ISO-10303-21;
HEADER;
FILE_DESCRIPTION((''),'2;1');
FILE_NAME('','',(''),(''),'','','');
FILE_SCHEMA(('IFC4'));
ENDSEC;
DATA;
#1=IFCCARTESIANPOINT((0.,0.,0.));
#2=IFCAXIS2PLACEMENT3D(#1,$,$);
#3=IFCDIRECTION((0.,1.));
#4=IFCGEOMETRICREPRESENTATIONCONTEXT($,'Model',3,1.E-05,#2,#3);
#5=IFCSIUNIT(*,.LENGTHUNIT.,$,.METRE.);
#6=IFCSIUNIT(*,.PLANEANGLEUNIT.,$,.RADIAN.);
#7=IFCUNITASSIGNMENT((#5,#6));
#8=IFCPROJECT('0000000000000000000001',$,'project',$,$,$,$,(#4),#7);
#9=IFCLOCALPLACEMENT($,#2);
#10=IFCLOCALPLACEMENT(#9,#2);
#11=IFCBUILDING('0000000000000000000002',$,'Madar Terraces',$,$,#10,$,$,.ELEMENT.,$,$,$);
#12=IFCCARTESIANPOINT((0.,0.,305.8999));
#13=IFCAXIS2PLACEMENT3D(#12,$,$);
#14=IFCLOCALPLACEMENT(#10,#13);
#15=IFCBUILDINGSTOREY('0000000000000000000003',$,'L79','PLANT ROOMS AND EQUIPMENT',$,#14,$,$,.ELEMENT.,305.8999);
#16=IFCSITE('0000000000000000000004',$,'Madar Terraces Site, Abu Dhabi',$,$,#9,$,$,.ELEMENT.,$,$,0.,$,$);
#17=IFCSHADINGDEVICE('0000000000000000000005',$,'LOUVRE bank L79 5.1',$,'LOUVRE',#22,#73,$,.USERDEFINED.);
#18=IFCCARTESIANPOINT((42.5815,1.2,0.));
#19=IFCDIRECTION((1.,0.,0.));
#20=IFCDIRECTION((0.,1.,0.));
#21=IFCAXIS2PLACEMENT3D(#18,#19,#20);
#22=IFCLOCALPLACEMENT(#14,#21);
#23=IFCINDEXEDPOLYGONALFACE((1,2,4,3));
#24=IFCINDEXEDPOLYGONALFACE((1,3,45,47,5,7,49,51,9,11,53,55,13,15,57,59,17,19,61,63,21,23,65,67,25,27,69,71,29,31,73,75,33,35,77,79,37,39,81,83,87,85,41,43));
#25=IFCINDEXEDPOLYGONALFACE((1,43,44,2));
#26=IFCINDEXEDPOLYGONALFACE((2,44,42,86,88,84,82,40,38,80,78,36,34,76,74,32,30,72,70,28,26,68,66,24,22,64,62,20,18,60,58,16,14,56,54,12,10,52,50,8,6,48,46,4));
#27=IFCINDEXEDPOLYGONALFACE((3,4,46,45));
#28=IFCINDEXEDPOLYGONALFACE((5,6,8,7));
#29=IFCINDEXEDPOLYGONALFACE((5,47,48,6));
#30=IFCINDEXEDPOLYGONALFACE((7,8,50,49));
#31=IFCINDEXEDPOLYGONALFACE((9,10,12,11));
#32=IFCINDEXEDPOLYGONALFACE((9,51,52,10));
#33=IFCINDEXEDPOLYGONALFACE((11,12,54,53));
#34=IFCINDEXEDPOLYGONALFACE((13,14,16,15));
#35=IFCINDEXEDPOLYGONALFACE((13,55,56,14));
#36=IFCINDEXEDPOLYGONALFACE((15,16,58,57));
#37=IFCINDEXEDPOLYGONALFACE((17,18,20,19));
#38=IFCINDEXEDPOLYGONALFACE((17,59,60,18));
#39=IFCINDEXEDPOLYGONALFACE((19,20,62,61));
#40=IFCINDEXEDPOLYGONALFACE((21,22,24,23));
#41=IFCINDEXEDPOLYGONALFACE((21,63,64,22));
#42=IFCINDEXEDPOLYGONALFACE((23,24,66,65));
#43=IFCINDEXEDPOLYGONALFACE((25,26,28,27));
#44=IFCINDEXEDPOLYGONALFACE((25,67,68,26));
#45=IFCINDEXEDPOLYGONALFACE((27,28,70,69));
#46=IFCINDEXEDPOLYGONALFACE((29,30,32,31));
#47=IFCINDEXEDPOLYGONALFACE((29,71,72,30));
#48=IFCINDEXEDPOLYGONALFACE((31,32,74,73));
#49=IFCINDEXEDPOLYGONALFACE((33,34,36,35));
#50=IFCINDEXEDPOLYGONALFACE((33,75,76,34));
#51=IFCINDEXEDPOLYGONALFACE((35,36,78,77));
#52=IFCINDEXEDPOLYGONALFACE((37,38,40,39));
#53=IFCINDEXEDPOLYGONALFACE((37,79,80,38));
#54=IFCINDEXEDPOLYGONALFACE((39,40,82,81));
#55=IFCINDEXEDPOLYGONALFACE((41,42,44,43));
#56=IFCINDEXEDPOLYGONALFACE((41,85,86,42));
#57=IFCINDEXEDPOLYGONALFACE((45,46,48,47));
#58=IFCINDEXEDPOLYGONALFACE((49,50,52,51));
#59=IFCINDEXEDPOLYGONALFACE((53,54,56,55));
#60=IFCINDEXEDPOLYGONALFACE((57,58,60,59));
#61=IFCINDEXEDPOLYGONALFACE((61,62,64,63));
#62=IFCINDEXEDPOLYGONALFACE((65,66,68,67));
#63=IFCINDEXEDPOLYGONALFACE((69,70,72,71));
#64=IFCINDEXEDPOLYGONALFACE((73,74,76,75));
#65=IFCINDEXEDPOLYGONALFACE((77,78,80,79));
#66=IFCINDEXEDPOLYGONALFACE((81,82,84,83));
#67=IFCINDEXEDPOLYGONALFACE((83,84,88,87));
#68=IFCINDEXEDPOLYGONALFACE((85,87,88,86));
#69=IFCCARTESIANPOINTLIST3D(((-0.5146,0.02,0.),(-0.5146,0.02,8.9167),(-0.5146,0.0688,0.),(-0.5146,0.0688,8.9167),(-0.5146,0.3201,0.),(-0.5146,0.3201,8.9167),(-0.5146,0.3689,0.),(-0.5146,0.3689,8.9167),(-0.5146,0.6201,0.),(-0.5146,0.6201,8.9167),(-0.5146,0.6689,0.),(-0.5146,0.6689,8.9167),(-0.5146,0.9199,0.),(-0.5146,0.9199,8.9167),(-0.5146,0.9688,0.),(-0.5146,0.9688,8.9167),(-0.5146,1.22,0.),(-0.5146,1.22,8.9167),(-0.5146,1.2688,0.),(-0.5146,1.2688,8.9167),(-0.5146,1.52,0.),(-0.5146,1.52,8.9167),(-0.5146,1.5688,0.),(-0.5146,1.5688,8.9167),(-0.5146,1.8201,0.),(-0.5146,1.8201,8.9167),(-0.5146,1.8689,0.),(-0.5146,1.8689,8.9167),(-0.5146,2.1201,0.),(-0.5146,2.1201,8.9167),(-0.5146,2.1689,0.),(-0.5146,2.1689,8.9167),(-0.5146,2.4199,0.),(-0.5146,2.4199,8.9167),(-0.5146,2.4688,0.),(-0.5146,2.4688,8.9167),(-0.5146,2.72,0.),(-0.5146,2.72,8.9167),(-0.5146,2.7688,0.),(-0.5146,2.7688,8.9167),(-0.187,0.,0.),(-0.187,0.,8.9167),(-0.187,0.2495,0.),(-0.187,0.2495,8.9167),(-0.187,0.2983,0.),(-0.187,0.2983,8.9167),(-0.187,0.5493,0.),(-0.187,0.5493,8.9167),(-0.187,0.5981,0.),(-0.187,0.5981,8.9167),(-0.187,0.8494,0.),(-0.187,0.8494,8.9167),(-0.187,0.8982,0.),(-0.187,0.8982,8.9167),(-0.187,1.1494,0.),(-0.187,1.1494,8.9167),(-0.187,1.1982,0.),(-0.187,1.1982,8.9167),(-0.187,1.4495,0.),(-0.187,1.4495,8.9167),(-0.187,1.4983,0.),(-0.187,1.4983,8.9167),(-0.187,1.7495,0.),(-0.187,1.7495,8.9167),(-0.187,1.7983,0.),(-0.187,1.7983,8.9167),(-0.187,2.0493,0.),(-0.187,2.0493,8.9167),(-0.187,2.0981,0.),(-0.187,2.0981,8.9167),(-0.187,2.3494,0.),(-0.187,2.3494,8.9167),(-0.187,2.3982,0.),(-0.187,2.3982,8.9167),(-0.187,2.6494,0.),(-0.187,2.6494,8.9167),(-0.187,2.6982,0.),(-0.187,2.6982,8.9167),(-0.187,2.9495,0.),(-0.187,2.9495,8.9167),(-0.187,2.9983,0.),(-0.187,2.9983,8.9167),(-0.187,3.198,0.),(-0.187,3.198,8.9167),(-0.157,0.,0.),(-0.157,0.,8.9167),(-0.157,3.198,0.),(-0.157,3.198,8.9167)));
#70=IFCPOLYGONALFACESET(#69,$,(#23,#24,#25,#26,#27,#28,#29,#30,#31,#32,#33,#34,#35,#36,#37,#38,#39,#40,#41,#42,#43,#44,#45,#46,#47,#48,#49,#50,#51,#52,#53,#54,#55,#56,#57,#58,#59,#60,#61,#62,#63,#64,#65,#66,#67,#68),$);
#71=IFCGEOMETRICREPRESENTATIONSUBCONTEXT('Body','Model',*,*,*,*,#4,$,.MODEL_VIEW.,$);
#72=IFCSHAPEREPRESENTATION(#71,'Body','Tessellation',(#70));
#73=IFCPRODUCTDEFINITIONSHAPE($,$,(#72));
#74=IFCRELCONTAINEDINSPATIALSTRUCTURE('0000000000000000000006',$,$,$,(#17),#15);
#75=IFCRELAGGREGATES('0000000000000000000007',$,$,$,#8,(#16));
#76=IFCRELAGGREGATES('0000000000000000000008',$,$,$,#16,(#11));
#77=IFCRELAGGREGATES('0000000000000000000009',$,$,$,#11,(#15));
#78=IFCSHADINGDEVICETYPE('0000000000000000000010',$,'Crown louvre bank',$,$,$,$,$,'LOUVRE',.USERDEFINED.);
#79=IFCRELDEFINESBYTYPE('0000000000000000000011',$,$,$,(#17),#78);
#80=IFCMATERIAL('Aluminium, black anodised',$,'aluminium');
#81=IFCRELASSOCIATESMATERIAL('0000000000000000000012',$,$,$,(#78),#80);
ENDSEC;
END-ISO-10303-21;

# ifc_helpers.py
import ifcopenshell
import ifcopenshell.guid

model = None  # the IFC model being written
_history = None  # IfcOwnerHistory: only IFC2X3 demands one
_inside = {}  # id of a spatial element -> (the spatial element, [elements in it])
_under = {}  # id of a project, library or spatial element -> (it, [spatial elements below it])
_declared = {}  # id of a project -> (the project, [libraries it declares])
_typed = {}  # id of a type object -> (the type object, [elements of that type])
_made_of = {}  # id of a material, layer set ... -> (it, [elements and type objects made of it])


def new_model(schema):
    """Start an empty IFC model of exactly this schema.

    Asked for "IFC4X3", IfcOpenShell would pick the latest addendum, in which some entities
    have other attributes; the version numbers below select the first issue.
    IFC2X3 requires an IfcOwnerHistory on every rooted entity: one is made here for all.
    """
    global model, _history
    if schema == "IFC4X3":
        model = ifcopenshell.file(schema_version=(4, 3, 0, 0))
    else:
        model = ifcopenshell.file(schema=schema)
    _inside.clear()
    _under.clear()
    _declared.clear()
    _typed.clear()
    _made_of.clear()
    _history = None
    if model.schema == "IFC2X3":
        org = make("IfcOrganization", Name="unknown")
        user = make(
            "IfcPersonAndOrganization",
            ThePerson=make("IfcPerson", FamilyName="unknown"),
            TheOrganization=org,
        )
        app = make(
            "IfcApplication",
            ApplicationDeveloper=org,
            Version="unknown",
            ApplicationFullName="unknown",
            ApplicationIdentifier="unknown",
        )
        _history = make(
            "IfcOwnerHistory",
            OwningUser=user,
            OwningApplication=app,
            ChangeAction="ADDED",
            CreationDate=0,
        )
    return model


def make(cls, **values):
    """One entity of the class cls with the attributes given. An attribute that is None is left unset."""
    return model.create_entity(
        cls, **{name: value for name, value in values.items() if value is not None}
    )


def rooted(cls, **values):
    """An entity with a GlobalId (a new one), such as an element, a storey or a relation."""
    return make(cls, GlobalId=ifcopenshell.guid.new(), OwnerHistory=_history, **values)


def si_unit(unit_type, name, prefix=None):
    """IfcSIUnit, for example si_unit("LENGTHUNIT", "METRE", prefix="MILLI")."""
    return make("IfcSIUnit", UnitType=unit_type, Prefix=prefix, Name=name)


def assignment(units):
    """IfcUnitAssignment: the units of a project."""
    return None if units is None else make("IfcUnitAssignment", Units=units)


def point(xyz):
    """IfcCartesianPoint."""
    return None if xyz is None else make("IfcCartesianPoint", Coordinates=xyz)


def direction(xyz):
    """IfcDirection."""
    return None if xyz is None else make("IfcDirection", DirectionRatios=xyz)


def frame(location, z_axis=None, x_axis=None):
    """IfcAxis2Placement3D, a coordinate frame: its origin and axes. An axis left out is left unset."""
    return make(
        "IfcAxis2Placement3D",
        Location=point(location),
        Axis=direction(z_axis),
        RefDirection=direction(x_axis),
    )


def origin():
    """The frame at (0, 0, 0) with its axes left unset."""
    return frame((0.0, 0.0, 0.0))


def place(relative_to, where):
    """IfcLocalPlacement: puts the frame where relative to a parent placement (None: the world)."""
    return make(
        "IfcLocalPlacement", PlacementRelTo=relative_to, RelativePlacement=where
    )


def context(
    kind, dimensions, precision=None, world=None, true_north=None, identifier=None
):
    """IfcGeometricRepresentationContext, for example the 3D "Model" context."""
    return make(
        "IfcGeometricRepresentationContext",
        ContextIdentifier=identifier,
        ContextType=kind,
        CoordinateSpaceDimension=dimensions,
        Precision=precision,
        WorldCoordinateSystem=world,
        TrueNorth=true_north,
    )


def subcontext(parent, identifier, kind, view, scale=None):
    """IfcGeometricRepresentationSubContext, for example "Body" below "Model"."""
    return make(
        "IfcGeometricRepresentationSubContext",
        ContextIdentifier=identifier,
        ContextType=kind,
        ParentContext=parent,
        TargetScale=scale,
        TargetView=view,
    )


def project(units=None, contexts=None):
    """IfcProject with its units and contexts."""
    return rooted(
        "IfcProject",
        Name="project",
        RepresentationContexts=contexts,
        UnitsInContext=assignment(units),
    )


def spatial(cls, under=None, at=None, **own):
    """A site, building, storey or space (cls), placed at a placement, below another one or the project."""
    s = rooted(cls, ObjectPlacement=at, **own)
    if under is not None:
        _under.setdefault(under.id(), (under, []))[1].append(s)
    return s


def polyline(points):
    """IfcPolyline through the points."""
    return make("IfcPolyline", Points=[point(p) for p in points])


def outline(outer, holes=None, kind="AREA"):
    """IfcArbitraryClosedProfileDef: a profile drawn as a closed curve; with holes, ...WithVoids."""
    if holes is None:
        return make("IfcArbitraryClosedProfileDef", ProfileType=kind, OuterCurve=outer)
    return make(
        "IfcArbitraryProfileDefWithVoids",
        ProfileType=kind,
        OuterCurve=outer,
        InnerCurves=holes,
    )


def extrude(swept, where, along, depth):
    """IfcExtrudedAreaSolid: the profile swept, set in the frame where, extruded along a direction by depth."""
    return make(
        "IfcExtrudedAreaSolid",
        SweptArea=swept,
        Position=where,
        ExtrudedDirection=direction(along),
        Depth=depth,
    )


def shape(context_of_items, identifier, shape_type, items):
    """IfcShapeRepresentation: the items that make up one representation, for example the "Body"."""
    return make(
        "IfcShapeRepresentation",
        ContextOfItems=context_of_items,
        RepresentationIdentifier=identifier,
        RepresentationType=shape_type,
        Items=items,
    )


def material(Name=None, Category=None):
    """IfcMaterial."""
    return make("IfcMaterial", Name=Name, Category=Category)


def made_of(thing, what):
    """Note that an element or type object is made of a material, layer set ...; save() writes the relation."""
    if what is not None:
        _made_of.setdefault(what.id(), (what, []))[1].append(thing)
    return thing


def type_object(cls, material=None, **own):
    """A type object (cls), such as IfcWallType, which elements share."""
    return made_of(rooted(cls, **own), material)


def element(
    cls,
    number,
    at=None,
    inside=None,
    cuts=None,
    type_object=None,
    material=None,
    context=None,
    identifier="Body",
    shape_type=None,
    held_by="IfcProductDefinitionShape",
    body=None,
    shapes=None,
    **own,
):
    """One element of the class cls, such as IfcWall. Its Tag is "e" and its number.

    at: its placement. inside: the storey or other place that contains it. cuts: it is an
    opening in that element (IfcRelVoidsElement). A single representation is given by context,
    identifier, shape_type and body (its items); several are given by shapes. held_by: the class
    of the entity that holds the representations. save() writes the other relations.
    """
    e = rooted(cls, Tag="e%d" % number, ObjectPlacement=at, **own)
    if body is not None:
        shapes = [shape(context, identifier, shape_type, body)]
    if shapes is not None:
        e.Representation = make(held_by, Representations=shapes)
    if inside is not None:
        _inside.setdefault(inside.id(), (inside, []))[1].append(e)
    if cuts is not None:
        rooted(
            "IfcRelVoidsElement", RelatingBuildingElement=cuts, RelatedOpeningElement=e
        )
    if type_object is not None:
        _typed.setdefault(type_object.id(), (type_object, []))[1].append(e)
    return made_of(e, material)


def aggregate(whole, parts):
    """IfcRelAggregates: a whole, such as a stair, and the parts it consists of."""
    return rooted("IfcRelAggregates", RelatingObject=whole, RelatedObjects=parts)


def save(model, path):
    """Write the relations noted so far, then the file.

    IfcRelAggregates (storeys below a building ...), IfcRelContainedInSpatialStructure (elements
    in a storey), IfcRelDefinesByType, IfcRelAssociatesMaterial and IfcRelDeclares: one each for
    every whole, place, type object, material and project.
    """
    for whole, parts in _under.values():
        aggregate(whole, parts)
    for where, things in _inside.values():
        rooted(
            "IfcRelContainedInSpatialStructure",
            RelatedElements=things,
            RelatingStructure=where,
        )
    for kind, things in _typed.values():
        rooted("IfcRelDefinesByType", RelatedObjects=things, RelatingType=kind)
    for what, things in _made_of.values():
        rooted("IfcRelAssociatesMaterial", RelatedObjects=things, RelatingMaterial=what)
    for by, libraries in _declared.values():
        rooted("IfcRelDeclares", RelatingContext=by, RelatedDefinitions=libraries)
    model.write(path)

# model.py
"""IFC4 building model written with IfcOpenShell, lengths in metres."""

from ifc_helpers import new_model, si_unit, direction, frame, origin, place, context, subcontext, project, spatial, polyline, outline, extrude, material, type_object, element, save


model = new_model("IFC4")

# Units and contexts
model_context = context("Model", 3, precision=1e-05, world=origin(), true_north=direction((0.0, 1.0)))
body_context = subcontext(model_context, "Body", "Model", "MODEL_VIEW")
ifc_project = project(units=[si_unit("LENGTHUNIT", "METRE"), si_unit("PLANEANGLEUNIT", "RADIAN")], contexts=[model_context])

# Site, building, storey
site_placement = place(None, origin())
site = spatial("IfcSite", under=ifc_project, at=site_placement, Name="Madar Terraces Site, Abu Dhabi", CompositionType="ELEMENT", RefElevation=0.0)
building_placement = place(site_placement, origin())
building = spatial("IfcBuilding", under=site, at=building_placement, Name="Madar Terraces", CompositionType="ELEMENT")
storey_placement = place(building_placement, frame((0.0, 0.0, 305.8999)))
storey = spatial("IfcBuildingStorey", under=building, at=storey_placement, Name="L79", Description="PLANT ROOMS AND EQUIPMENT", CompositionType="ELEMENT", Elevation=305.8999)

# Shading device
ifc_material_1 = material(Name="Aluminium, black anodised", Category="aluminium")
shading_device_type = type_object("IfcShadingDeviceType", Name="Crown louvre bank", ElementType="LOUVRE", PredefinedType="USERDEFINED", material=ifc_material_1)
shading_device_1_placement = place(storey_placement, frame((42.5815, 1.2, 0.0), z_axis=(1.0, 0.0, 0.0), x_axis=(0.0, 1.0, 0.0)))
element("IfcShadingDevice", 1, at=shading_device_1_placement, inside=storey, type_object=shading_device_type, Name="LOUVRE bank L79 5.1", ObjectType="LOUVRE", PredefinedType="USERDEFINED", context=body_context, shape_type="SweptSolid", body=[
    extrude(outline(polyline([(-0.157, 0.0), (-0.187, 0.0), (-0.187, 0.2495), (-0.5146, 0.02), (-0.5146, 0.0688), (-0.187, 0.2983), (-0.187, 0.5493), (-0.5146, 0.3201), (-0.5146, 0.3689), (-0.187, 0.5981), (-0.187, 0.8494), (-0.5146, 0.6201), (-0.5146, 0.6689), (-0.187, 0.8982), (-0.187, 1.1494), (-0.5146, 0.9199), (-0.5146, 0.9688), (-0.187, 1.1982), (-0.187, 1.4495), (-0.5146, 1.22), (-0.5146, 1.2688), (-0.187, 1.4983), (-0.187, 1.7495), (-0.5146, 1.52), (-0.5146, 1.5688), (-0.187, 1.7983), (-0.187, 2.0493), (-0.5146, 1.8201), (-0.5146, 1.8689), (-0.187, 2.0981), (-0.187, 2.3494), (-0.5146, 2.1201), (-0.5146, 2.1689), (-0.187, 2.3982), (-0.187, 2.6494), (-0.5146, 2.4199), (-0.5146, 2.4688), (-0.187, 2.6982), (-0.187, 2.9495), (-0.5146, 2.72), (-0.5146, 2.7688), (-0.187, 2.9983), (-0.187, 3.198), (-0.157, 3.198), (-0.157, 0.0)])), origin(), (0.0, 0.0, 1.0), 8.9167),
])

save(model, "model.ifc")
